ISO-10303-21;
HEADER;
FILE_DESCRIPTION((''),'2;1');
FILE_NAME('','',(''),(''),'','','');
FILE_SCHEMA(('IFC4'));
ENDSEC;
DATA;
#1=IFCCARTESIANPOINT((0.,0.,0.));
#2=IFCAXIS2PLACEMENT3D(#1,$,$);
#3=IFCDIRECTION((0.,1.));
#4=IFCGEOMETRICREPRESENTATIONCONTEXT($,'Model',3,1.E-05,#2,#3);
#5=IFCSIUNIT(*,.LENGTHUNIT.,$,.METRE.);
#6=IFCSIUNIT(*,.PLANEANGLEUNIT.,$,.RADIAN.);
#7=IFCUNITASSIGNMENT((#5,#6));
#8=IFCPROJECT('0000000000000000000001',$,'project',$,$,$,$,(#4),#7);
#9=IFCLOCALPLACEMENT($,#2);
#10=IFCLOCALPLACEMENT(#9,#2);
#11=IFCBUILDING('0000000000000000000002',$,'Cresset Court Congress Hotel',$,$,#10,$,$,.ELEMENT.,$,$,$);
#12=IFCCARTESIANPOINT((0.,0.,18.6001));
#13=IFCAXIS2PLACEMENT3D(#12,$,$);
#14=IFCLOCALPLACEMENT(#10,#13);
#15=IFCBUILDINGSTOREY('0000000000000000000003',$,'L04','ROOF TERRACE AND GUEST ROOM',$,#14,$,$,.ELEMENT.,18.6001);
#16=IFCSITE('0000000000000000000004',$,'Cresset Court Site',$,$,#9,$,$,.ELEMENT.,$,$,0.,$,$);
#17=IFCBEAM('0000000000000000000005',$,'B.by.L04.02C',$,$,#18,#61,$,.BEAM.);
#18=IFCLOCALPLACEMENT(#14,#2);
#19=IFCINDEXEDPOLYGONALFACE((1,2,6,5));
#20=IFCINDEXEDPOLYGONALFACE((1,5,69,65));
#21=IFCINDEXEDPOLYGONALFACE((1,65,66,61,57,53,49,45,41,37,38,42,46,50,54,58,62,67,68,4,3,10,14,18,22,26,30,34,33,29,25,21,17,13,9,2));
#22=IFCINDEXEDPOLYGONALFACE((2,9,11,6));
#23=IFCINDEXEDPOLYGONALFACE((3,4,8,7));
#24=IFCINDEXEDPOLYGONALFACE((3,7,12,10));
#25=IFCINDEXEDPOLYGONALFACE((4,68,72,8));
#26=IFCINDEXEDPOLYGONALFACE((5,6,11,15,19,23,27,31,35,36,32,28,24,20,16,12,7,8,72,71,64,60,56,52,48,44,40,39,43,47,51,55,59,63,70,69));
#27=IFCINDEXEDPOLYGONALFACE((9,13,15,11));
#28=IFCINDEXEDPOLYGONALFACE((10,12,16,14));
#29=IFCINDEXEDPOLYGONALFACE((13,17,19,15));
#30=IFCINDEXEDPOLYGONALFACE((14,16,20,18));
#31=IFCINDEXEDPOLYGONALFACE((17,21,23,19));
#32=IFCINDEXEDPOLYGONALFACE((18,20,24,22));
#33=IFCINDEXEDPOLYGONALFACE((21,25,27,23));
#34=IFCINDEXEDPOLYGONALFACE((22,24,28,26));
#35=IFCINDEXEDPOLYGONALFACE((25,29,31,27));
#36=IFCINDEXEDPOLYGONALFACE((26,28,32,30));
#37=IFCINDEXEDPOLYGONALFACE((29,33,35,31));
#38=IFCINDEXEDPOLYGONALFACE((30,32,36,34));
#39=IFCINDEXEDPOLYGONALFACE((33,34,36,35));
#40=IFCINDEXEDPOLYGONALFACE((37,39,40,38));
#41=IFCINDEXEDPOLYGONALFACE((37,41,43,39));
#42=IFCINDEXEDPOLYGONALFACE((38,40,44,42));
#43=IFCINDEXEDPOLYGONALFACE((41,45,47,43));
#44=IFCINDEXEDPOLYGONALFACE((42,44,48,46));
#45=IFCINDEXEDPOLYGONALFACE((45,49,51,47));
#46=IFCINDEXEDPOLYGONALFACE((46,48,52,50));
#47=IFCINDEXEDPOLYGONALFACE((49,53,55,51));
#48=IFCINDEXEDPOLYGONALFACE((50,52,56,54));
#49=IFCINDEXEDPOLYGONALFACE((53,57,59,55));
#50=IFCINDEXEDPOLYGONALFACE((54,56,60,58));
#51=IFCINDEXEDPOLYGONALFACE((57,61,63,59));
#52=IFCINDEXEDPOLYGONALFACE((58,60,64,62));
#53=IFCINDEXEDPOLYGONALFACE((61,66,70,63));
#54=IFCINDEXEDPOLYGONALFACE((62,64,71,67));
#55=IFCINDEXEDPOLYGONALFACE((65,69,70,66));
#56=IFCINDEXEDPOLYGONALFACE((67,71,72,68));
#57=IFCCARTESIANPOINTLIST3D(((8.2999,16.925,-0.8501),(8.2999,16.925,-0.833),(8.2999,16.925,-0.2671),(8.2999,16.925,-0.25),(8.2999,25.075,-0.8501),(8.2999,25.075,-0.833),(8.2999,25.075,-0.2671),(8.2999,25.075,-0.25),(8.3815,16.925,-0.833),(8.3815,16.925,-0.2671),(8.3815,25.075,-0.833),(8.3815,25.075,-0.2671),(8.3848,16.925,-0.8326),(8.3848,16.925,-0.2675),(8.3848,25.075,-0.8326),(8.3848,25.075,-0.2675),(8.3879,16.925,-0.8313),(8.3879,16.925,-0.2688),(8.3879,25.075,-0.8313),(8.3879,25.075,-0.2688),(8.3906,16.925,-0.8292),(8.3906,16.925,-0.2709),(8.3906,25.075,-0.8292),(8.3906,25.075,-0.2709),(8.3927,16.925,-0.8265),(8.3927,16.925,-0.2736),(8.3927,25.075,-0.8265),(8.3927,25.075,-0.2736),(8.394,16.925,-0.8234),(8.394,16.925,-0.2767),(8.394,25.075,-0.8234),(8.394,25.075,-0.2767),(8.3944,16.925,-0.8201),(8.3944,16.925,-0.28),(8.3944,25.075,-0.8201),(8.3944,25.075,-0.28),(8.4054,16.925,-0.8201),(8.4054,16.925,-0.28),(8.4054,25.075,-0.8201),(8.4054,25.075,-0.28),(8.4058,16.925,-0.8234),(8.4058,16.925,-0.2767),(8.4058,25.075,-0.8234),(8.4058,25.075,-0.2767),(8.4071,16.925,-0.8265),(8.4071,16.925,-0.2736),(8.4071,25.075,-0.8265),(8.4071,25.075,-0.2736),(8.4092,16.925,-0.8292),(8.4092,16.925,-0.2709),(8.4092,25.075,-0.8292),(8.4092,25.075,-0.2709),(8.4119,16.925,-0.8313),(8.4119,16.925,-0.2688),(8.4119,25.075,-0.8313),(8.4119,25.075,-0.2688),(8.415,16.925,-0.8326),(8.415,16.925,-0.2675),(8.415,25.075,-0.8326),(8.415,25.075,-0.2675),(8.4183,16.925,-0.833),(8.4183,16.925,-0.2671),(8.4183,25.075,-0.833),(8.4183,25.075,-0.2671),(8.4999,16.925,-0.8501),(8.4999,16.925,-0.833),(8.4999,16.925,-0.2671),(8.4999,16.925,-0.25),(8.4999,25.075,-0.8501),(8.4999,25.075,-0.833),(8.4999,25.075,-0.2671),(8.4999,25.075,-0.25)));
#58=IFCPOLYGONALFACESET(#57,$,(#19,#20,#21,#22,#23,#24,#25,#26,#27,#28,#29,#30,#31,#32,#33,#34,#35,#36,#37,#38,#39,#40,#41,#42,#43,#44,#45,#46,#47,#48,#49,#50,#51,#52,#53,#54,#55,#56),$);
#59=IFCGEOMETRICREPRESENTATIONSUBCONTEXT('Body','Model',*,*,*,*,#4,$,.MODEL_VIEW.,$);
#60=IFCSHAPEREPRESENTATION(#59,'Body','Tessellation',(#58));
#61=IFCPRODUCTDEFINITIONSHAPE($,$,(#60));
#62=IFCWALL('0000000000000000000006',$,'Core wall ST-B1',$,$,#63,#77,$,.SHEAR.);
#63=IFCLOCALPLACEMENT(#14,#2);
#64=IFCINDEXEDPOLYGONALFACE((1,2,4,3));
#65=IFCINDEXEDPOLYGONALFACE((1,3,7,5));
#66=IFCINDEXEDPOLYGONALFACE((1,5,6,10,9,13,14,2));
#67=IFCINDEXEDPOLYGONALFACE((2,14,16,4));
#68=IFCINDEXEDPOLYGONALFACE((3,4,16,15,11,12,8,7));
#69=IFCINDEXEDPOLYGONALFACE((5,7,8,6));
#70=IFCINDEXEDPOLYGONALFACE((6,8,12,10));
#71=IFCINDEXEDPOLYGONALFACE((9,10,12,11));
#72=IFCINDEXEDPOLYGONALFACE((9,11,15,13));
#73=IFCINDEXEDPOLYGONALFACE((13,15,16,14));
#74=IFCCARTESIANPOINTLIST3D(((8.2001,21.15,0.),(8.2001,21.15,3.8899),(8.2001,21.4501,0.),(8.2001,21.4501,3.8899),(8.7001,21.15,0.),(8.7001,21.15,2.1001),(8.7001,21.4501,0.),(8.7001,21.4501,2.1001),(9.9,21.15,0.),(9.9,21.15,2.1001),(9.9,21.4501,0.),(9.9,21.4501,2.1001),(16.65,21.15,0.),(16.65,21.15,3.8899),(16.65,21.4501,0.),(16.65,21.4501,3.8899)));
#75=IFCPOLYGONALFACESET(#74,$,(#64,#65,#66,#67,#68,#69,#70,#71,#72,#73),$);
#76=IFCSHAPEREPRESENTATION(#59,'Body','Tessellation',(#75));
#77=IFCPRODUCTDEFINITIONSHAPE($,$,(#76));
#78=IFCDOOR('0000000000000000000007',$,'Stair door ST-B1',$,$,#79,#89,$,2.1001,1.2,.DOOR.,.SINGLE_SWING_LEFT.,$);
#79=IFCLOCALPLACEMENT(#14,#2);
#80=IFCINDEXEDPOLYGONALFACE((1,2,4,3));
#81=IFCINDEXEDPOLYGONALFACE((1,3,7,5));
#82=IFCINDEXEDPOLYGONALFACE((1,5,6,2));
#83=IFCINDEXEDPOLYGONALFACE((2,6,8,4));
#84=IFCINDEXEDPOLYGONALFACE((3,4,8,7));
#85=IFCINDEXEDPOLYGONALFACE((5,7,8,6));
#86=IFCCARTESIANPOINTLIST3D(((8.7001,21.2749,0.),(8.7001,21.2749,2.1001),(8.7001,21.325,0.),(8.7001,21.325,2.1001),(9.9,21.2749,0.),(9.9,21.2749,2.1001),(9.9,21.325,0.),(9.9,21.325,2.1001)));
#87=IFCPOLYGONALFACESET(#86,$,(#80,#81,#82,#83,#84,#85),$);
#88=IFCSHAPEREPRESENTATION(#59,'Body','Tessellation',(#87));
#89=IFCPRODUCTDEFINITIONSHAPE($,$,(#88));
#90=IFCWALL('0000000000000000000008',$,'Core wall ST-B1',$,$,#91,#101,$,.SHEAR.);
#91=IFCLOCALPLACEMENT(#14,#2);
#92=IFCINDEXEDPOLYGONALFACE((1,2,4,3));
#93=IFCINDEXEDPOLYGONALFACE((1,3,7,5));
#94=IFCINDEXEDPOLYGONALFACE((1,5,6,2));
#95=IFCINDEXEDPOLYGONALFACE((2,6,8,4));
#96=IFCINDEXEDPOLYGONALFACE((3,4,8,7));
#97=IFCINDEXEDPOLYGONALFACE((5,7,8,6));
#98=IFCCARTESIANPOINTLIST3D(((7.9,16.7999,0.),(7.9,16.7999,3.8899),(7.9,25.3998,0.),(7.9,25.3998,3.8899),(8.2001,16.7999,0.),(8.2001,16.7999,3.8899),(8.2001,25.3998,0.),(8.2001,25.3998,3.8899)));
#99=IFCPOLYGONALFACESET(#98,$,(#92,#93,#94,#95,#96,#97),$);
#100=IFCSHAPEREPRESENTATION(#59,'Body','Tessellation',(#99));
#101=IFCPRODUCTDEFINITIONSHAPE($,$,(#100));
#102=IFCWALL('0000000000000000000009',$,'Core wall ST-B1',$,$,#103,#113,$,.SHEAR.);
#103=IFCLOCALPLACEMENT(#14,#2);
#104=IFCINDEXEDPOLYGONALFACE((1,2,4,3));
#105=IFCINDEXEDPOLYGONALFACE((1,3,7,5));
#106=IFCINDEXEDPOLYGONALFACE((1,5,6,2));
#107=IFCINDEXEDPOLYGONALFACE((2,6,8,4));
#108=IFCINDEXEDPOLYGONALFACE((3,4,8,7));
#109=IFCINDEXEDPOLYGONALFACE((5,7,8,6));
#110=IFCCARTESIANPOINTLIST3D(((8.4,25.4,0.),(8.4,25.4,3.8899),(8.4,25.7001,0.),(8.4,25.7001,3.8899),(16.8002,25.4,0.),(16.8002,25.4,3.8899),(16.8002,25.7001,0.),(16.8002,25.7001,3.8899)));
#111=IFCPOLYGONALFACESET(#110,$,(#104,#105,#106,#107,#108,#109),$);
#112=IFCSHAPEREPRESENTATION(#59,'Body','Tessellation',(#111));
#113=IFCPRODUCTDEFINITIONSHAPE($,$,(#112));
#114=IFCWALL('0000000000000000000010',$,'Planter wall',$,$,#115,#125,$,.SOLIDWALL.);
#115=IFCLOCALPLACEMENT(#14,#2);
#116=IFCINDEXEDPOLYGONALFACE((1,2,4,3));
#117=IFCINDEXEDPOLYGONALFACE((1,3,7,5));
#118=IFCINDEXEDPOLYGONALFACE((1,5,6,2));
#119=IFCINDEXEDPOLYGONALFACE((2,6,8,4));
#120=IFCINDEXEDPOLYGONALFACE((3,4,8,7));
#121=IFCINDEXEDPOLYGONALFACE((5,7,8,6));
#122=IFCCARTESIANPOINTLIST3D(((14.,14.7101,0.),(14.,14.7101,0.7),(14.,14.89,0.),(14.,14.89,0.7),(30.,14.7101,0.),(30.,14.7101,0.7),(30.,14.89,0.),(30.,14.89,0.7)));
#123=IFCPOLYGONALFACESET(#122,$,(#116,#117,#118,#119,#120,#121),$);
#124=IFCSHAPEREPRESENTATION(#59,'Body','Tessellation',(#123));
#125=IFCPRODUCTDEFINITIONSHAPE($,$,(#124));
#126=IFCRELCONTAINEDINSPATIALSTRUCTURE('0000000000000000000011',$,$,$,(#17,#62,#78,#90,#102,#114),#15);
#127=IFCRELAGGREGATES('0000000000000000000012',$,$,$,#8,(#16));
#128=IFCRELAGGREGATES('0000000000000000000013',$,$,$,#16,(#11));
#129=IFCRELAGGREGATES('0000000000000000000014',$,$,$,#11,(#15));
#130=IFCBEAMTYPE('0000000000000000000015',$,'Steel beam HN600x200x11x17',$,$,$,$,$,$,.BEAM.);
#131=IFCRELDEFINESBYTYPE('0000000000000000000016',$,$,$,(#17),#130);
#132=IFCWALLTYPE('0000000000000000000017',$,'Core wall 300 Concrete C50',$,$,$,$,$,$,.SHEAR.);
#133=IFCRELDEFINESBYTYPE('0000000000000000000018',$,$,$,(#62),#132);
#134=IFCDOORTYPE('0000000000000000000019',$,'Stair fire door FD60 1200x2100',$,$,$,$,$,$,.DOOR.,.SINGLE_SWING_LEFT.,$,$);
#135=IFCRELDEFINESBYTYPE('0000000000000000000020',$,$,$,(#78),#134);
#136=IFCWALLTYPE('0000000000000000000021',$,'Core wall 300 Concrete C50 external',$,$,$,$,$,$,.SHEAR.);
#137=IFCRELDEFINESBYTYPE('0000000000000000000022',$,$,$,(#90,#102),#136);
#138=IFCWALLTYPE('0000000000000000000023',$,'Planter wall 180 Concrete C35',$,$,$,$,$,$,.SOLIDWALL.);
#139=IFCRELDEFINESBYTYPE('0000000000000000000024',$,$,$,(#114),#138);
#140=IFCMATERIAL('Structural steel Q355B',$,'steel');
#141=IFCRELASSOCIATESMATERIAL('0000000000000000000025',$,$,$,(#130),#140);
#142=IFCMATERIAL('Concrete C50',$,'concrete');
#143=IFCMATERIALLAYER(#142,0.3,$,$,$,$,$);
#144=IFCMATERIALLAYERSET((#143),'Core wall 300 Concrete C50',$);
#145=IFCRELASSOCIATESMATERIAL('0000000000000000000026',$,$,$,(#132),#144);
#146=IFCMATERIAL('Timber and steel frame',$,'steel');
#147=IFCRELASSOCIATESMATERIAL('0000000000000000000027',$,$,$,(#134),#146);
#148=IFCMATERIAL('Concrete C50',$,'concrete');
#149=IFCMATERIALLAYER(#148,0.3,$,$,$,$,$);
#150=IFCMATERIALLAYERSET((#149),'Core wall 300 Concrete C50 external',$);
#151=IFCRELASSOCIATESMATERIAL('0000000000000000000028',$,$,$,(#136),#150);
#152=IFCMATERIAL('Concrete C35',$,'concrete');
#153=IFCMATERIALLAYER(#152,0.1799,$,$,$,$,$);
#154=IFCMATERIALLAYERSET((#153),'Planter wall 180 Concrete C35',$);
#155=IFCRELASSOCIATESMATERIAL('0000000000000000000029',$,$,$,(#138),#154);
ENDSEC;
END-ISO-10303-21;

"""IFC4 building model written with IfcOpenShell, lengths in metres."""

from ifc_helpers import new_model, si_unit, direction, frame, frame_2d, origin, origin_2d, place, context, subcontext, project, spatial, rectangle, i_section, extrude, material, layer, layer_set, material_profile, profile_set, type_object, element, fill, save


model = new_model("IFC4")

# Units and contexts
model_context = context("Model", 3, precision=1e-05, world=origin(), true_north=direction((0.0, 1.0)))
body_context = subcontext(model_context, "Body", "Model", "MODEL_VIEW")
ifc_project = project(units=[si_unit("LENGTHUNIT", "METRE"), si_unit("PLANEANGLEUNIT", "RADIAN")], contexts=[model_context])

# Site, building, storey
site_placement = place(None, origin())
site = spatial("IfcSite", under=ifc_project, at=site_placement, Name="Cresset Court Site", CompositionType="ELEMENT", RefElevation=0.0)
building_placement = place(site_placement, origin())
building = spatial("IfcBuilding", under=site, at=building_placement, Name="Cresset Court Congress Hotel", CompositionType="ELEMENT")
storey_placement = place(building_placement, frame((0.0, 0.0, 18.6001)))
storey = spatial("IfcBuildingStorey", under=building, at=storey_placement, Name="L04", Description="ROOF TERRACE AND GUEST ROOM", CompositionType="ELEMENT", Elevation=18.6001)

# Beam
ifc_material_1 = material(Name="Structural steel Q355B", Category="steel")
ifc_material_profile = material_profile(ifc_material_1, i_section(OverallWidth=0.2, OverallDepth=0.6001, WebThickness=0.011, FlangeThickness=0.0171, FilletRadius=0.0129, at=origin_2d()), Name="HN600x200x11x17")
ifc_profile_set = profile_set([ifc_material_profile], Name="Structural steel Q355B")
beam_type = type_object("IfcBeamType", Name="Steel beam HN600x200x11x17", PredefinedType="BEAM", material=ifc_profile_set)
beam_placement = place(storey_placement, frame((8.3999, 16.925, -0.55), z_axis=(0.0, 1.0, 0.0), x_axis=(-1.0, 0.0, 0.0)))
element("IfcBeam", 1, at=beam_placement, inside=storey, type_object=beam_type, Name="B.by.L04.02C", PredefinedType="BEAM", context=body_context, shape_type="SweptSolid", body=[
    extrude(i_section(OverallWidth=0.2, OverallDepth=0.6001, WebThickness=0.011, FlangeThickness=0.0171, FilletRadius=0.0129, at=origin_2d()), origin(), (0.0, 0.0, 1.0), 8.1499),
])

# Wall, opening, door
ifc_material_2 = material(Name="Concrete C50", Category="concrete")
ifc_layer_1 = layer(ifc_material_2, 0.3)
ifc_layer_set_1 = layer_set([ifc_layer_1], Name="Core wall 300 Concrete C50")
wall_type_1 = type_object("IfcWallType", Name="Core wall 300 Concrete C50", PredefinedType="SHEAR", material=ifc_layer_set_1)
wall_1_placement = place(storey_placement, frame((8.2, 21.3, 0.0), z_axis=(0.0, 0.0, 1.0), x_axis=(1.0, 0.0, 0.0)))
wall_1 = element("IfcWall", 2, at=wall_1_placement, inside=storey, type_object=wall_type_1, Name="Core wall ST-B1", PredefinedType="SHEAR", context=body_context, shape_type="SweptSolid", body=[
    extrude(rectangle(XDim=8.45, YDim=0.3, at=frame_2d((4.2251, 0.0))), origin(), (0.0, 0.0, 1.0), 3.8899),
])
opening_1_placement = place(wall_1_placement, frame((0.5, 0.0, 0.0)))
opening_1 = element("IfcOpeningElement", 3, at=opening_1_placement, cuts=wall_1, PredefinedType="OPENING", context=body_context, shape_type="SweptSolid", body=[
    extrude(rectangle(XDim=1.2, YDim=2.1001, at=frame_2d((0.6001, 1.05))), frame((0.0, 0.1599, 0.0), z_axis=(0.0, -1.0, 0.0), x_axis=(1.0, 0.0, 0.0)), (0.0, 0.0, 1.0), 0.3201),
])
ifc_material_3 = material(Name="Timber and steel frame", Category="steel")
door_type_1 = type_object("IfcDoorType", Name="Stair fire door FD60 1200x2100", OperationType="SINGLE_SWING_LEFT", PredefinedType="DOOR", material=ifc_material_3)
door_1_placement = place(opening_1_placement, origin())
door_1 = element("IfcDoor", 4, at=door_1_placement, inside=storey, type_object=door_type_1, Name="Stair door ST-B1", OperationType="SINGLE_SWING_LEFT", OverallHeight=2.1001, OverallWidth=1.2, PredefinedType="DOOR", context=body_context, shape_type="SweptSolid", body=[
    extrude(rectangle(XDim=1.2, YDim=2.1001, at=frame_2d((0.6001, 1.05))), frame((0.0, 0.0249, 0.0), z_axis=(0.0, -1.0, 0.0), x_axis=(1.0, 0.0, 0.0)), (0.0, 0.0, 1.0), 0.05),
])
fill(opening_1, door_1)

# Walls
ifc_material_4 = material(Name="Concrete C50", Category="concrete")
ifc_layer_2 = layer(ifc_material_4, 0.3)
ifc_layer_set_2 = layer_set([ifc_layer_2], Name="Core wall 300 Concrete C50 external")
wall_type_2 = type_object("IfcWallType", Name="Core wall 300 Concrete C50 external", PredefinedType="SHEAR", material=ifc_layer_set_2)
wall_2_placement = place(storey_placement, frame((8.05, 16.8, 0.0), z_axis=(0.0, 0.0, 1.0), x_axis=(0.0, 1.0, 0.0)))
element("IfcWall", 5, at=wall_2_placement, inside=storey, type_object=wall_type_2, Name="Core wall ST-B1", PredefinedType="SHEAR", context=body_context, shape_type="SweptSolid", body=[
    extrude(rectangle(XDim=8.5999, YDim=0.3, at=frame_2d((4.2998, 0.0))), origin(), (0.0, 0.0, 1.0), 3.8899),
])
wall_3_placement = place(storey_placement, frame((8.3999, 25.55, 0.0), z_axis=(0.0, 0.0, 1.0), x_axis=(1.0, 0.0, 0.0)))
element("IfcWall", 6, at=wall_3_placement, inside=storey, type_object=wall_type_2, Name="Core wall ST-B1", PredefinedType="SHEAR", context=body_context, shape_type="SweptSolid", body=[
    extrude(rectangle(XDim=8.4001, YDim=0.3, at=frame_2d((4.2002, 0.0))), origin(), (0.0, 0.0, 1.0), 3.8899),
])
ifc_material_5 = material(Name="Concrete C35", Category="concrete")
ifc_layer_3 = layer(ifc_material_5, 0.1799)
ifc_layer_set_3 = layer_set([ifc_layer_3], Name="Planter wall 180 Concrete C35")
wall_type_3 = type_object("IfcWallType", Name="Planter wall 180 Concrete C35", PredefinedType="SOLIDWALL", material=ifc_layer_set_3)
wall_4_placement = place(storey_placement, frame((14.0, 14.8, 0.0), z_axis=(0.0, 0.0, 1.0), x_axis=(1.0, 0.0, 0.0)))
element("IfcWall", 7, at=wall_4_placement, inside=storey, type_object=wall_type_3, Name="Planter wall", PredefinedType="SOLIDWALL", context=body_context, shape_type="SweptSolid", body=[
    extrude(rectangle(XDim=16.0, YDim=0.1799, at=frame_2d((8.0, 0.0))), origin(), (0.0, 0.0, 1.0), 0.7),
])

save(model, "model.ifc")
